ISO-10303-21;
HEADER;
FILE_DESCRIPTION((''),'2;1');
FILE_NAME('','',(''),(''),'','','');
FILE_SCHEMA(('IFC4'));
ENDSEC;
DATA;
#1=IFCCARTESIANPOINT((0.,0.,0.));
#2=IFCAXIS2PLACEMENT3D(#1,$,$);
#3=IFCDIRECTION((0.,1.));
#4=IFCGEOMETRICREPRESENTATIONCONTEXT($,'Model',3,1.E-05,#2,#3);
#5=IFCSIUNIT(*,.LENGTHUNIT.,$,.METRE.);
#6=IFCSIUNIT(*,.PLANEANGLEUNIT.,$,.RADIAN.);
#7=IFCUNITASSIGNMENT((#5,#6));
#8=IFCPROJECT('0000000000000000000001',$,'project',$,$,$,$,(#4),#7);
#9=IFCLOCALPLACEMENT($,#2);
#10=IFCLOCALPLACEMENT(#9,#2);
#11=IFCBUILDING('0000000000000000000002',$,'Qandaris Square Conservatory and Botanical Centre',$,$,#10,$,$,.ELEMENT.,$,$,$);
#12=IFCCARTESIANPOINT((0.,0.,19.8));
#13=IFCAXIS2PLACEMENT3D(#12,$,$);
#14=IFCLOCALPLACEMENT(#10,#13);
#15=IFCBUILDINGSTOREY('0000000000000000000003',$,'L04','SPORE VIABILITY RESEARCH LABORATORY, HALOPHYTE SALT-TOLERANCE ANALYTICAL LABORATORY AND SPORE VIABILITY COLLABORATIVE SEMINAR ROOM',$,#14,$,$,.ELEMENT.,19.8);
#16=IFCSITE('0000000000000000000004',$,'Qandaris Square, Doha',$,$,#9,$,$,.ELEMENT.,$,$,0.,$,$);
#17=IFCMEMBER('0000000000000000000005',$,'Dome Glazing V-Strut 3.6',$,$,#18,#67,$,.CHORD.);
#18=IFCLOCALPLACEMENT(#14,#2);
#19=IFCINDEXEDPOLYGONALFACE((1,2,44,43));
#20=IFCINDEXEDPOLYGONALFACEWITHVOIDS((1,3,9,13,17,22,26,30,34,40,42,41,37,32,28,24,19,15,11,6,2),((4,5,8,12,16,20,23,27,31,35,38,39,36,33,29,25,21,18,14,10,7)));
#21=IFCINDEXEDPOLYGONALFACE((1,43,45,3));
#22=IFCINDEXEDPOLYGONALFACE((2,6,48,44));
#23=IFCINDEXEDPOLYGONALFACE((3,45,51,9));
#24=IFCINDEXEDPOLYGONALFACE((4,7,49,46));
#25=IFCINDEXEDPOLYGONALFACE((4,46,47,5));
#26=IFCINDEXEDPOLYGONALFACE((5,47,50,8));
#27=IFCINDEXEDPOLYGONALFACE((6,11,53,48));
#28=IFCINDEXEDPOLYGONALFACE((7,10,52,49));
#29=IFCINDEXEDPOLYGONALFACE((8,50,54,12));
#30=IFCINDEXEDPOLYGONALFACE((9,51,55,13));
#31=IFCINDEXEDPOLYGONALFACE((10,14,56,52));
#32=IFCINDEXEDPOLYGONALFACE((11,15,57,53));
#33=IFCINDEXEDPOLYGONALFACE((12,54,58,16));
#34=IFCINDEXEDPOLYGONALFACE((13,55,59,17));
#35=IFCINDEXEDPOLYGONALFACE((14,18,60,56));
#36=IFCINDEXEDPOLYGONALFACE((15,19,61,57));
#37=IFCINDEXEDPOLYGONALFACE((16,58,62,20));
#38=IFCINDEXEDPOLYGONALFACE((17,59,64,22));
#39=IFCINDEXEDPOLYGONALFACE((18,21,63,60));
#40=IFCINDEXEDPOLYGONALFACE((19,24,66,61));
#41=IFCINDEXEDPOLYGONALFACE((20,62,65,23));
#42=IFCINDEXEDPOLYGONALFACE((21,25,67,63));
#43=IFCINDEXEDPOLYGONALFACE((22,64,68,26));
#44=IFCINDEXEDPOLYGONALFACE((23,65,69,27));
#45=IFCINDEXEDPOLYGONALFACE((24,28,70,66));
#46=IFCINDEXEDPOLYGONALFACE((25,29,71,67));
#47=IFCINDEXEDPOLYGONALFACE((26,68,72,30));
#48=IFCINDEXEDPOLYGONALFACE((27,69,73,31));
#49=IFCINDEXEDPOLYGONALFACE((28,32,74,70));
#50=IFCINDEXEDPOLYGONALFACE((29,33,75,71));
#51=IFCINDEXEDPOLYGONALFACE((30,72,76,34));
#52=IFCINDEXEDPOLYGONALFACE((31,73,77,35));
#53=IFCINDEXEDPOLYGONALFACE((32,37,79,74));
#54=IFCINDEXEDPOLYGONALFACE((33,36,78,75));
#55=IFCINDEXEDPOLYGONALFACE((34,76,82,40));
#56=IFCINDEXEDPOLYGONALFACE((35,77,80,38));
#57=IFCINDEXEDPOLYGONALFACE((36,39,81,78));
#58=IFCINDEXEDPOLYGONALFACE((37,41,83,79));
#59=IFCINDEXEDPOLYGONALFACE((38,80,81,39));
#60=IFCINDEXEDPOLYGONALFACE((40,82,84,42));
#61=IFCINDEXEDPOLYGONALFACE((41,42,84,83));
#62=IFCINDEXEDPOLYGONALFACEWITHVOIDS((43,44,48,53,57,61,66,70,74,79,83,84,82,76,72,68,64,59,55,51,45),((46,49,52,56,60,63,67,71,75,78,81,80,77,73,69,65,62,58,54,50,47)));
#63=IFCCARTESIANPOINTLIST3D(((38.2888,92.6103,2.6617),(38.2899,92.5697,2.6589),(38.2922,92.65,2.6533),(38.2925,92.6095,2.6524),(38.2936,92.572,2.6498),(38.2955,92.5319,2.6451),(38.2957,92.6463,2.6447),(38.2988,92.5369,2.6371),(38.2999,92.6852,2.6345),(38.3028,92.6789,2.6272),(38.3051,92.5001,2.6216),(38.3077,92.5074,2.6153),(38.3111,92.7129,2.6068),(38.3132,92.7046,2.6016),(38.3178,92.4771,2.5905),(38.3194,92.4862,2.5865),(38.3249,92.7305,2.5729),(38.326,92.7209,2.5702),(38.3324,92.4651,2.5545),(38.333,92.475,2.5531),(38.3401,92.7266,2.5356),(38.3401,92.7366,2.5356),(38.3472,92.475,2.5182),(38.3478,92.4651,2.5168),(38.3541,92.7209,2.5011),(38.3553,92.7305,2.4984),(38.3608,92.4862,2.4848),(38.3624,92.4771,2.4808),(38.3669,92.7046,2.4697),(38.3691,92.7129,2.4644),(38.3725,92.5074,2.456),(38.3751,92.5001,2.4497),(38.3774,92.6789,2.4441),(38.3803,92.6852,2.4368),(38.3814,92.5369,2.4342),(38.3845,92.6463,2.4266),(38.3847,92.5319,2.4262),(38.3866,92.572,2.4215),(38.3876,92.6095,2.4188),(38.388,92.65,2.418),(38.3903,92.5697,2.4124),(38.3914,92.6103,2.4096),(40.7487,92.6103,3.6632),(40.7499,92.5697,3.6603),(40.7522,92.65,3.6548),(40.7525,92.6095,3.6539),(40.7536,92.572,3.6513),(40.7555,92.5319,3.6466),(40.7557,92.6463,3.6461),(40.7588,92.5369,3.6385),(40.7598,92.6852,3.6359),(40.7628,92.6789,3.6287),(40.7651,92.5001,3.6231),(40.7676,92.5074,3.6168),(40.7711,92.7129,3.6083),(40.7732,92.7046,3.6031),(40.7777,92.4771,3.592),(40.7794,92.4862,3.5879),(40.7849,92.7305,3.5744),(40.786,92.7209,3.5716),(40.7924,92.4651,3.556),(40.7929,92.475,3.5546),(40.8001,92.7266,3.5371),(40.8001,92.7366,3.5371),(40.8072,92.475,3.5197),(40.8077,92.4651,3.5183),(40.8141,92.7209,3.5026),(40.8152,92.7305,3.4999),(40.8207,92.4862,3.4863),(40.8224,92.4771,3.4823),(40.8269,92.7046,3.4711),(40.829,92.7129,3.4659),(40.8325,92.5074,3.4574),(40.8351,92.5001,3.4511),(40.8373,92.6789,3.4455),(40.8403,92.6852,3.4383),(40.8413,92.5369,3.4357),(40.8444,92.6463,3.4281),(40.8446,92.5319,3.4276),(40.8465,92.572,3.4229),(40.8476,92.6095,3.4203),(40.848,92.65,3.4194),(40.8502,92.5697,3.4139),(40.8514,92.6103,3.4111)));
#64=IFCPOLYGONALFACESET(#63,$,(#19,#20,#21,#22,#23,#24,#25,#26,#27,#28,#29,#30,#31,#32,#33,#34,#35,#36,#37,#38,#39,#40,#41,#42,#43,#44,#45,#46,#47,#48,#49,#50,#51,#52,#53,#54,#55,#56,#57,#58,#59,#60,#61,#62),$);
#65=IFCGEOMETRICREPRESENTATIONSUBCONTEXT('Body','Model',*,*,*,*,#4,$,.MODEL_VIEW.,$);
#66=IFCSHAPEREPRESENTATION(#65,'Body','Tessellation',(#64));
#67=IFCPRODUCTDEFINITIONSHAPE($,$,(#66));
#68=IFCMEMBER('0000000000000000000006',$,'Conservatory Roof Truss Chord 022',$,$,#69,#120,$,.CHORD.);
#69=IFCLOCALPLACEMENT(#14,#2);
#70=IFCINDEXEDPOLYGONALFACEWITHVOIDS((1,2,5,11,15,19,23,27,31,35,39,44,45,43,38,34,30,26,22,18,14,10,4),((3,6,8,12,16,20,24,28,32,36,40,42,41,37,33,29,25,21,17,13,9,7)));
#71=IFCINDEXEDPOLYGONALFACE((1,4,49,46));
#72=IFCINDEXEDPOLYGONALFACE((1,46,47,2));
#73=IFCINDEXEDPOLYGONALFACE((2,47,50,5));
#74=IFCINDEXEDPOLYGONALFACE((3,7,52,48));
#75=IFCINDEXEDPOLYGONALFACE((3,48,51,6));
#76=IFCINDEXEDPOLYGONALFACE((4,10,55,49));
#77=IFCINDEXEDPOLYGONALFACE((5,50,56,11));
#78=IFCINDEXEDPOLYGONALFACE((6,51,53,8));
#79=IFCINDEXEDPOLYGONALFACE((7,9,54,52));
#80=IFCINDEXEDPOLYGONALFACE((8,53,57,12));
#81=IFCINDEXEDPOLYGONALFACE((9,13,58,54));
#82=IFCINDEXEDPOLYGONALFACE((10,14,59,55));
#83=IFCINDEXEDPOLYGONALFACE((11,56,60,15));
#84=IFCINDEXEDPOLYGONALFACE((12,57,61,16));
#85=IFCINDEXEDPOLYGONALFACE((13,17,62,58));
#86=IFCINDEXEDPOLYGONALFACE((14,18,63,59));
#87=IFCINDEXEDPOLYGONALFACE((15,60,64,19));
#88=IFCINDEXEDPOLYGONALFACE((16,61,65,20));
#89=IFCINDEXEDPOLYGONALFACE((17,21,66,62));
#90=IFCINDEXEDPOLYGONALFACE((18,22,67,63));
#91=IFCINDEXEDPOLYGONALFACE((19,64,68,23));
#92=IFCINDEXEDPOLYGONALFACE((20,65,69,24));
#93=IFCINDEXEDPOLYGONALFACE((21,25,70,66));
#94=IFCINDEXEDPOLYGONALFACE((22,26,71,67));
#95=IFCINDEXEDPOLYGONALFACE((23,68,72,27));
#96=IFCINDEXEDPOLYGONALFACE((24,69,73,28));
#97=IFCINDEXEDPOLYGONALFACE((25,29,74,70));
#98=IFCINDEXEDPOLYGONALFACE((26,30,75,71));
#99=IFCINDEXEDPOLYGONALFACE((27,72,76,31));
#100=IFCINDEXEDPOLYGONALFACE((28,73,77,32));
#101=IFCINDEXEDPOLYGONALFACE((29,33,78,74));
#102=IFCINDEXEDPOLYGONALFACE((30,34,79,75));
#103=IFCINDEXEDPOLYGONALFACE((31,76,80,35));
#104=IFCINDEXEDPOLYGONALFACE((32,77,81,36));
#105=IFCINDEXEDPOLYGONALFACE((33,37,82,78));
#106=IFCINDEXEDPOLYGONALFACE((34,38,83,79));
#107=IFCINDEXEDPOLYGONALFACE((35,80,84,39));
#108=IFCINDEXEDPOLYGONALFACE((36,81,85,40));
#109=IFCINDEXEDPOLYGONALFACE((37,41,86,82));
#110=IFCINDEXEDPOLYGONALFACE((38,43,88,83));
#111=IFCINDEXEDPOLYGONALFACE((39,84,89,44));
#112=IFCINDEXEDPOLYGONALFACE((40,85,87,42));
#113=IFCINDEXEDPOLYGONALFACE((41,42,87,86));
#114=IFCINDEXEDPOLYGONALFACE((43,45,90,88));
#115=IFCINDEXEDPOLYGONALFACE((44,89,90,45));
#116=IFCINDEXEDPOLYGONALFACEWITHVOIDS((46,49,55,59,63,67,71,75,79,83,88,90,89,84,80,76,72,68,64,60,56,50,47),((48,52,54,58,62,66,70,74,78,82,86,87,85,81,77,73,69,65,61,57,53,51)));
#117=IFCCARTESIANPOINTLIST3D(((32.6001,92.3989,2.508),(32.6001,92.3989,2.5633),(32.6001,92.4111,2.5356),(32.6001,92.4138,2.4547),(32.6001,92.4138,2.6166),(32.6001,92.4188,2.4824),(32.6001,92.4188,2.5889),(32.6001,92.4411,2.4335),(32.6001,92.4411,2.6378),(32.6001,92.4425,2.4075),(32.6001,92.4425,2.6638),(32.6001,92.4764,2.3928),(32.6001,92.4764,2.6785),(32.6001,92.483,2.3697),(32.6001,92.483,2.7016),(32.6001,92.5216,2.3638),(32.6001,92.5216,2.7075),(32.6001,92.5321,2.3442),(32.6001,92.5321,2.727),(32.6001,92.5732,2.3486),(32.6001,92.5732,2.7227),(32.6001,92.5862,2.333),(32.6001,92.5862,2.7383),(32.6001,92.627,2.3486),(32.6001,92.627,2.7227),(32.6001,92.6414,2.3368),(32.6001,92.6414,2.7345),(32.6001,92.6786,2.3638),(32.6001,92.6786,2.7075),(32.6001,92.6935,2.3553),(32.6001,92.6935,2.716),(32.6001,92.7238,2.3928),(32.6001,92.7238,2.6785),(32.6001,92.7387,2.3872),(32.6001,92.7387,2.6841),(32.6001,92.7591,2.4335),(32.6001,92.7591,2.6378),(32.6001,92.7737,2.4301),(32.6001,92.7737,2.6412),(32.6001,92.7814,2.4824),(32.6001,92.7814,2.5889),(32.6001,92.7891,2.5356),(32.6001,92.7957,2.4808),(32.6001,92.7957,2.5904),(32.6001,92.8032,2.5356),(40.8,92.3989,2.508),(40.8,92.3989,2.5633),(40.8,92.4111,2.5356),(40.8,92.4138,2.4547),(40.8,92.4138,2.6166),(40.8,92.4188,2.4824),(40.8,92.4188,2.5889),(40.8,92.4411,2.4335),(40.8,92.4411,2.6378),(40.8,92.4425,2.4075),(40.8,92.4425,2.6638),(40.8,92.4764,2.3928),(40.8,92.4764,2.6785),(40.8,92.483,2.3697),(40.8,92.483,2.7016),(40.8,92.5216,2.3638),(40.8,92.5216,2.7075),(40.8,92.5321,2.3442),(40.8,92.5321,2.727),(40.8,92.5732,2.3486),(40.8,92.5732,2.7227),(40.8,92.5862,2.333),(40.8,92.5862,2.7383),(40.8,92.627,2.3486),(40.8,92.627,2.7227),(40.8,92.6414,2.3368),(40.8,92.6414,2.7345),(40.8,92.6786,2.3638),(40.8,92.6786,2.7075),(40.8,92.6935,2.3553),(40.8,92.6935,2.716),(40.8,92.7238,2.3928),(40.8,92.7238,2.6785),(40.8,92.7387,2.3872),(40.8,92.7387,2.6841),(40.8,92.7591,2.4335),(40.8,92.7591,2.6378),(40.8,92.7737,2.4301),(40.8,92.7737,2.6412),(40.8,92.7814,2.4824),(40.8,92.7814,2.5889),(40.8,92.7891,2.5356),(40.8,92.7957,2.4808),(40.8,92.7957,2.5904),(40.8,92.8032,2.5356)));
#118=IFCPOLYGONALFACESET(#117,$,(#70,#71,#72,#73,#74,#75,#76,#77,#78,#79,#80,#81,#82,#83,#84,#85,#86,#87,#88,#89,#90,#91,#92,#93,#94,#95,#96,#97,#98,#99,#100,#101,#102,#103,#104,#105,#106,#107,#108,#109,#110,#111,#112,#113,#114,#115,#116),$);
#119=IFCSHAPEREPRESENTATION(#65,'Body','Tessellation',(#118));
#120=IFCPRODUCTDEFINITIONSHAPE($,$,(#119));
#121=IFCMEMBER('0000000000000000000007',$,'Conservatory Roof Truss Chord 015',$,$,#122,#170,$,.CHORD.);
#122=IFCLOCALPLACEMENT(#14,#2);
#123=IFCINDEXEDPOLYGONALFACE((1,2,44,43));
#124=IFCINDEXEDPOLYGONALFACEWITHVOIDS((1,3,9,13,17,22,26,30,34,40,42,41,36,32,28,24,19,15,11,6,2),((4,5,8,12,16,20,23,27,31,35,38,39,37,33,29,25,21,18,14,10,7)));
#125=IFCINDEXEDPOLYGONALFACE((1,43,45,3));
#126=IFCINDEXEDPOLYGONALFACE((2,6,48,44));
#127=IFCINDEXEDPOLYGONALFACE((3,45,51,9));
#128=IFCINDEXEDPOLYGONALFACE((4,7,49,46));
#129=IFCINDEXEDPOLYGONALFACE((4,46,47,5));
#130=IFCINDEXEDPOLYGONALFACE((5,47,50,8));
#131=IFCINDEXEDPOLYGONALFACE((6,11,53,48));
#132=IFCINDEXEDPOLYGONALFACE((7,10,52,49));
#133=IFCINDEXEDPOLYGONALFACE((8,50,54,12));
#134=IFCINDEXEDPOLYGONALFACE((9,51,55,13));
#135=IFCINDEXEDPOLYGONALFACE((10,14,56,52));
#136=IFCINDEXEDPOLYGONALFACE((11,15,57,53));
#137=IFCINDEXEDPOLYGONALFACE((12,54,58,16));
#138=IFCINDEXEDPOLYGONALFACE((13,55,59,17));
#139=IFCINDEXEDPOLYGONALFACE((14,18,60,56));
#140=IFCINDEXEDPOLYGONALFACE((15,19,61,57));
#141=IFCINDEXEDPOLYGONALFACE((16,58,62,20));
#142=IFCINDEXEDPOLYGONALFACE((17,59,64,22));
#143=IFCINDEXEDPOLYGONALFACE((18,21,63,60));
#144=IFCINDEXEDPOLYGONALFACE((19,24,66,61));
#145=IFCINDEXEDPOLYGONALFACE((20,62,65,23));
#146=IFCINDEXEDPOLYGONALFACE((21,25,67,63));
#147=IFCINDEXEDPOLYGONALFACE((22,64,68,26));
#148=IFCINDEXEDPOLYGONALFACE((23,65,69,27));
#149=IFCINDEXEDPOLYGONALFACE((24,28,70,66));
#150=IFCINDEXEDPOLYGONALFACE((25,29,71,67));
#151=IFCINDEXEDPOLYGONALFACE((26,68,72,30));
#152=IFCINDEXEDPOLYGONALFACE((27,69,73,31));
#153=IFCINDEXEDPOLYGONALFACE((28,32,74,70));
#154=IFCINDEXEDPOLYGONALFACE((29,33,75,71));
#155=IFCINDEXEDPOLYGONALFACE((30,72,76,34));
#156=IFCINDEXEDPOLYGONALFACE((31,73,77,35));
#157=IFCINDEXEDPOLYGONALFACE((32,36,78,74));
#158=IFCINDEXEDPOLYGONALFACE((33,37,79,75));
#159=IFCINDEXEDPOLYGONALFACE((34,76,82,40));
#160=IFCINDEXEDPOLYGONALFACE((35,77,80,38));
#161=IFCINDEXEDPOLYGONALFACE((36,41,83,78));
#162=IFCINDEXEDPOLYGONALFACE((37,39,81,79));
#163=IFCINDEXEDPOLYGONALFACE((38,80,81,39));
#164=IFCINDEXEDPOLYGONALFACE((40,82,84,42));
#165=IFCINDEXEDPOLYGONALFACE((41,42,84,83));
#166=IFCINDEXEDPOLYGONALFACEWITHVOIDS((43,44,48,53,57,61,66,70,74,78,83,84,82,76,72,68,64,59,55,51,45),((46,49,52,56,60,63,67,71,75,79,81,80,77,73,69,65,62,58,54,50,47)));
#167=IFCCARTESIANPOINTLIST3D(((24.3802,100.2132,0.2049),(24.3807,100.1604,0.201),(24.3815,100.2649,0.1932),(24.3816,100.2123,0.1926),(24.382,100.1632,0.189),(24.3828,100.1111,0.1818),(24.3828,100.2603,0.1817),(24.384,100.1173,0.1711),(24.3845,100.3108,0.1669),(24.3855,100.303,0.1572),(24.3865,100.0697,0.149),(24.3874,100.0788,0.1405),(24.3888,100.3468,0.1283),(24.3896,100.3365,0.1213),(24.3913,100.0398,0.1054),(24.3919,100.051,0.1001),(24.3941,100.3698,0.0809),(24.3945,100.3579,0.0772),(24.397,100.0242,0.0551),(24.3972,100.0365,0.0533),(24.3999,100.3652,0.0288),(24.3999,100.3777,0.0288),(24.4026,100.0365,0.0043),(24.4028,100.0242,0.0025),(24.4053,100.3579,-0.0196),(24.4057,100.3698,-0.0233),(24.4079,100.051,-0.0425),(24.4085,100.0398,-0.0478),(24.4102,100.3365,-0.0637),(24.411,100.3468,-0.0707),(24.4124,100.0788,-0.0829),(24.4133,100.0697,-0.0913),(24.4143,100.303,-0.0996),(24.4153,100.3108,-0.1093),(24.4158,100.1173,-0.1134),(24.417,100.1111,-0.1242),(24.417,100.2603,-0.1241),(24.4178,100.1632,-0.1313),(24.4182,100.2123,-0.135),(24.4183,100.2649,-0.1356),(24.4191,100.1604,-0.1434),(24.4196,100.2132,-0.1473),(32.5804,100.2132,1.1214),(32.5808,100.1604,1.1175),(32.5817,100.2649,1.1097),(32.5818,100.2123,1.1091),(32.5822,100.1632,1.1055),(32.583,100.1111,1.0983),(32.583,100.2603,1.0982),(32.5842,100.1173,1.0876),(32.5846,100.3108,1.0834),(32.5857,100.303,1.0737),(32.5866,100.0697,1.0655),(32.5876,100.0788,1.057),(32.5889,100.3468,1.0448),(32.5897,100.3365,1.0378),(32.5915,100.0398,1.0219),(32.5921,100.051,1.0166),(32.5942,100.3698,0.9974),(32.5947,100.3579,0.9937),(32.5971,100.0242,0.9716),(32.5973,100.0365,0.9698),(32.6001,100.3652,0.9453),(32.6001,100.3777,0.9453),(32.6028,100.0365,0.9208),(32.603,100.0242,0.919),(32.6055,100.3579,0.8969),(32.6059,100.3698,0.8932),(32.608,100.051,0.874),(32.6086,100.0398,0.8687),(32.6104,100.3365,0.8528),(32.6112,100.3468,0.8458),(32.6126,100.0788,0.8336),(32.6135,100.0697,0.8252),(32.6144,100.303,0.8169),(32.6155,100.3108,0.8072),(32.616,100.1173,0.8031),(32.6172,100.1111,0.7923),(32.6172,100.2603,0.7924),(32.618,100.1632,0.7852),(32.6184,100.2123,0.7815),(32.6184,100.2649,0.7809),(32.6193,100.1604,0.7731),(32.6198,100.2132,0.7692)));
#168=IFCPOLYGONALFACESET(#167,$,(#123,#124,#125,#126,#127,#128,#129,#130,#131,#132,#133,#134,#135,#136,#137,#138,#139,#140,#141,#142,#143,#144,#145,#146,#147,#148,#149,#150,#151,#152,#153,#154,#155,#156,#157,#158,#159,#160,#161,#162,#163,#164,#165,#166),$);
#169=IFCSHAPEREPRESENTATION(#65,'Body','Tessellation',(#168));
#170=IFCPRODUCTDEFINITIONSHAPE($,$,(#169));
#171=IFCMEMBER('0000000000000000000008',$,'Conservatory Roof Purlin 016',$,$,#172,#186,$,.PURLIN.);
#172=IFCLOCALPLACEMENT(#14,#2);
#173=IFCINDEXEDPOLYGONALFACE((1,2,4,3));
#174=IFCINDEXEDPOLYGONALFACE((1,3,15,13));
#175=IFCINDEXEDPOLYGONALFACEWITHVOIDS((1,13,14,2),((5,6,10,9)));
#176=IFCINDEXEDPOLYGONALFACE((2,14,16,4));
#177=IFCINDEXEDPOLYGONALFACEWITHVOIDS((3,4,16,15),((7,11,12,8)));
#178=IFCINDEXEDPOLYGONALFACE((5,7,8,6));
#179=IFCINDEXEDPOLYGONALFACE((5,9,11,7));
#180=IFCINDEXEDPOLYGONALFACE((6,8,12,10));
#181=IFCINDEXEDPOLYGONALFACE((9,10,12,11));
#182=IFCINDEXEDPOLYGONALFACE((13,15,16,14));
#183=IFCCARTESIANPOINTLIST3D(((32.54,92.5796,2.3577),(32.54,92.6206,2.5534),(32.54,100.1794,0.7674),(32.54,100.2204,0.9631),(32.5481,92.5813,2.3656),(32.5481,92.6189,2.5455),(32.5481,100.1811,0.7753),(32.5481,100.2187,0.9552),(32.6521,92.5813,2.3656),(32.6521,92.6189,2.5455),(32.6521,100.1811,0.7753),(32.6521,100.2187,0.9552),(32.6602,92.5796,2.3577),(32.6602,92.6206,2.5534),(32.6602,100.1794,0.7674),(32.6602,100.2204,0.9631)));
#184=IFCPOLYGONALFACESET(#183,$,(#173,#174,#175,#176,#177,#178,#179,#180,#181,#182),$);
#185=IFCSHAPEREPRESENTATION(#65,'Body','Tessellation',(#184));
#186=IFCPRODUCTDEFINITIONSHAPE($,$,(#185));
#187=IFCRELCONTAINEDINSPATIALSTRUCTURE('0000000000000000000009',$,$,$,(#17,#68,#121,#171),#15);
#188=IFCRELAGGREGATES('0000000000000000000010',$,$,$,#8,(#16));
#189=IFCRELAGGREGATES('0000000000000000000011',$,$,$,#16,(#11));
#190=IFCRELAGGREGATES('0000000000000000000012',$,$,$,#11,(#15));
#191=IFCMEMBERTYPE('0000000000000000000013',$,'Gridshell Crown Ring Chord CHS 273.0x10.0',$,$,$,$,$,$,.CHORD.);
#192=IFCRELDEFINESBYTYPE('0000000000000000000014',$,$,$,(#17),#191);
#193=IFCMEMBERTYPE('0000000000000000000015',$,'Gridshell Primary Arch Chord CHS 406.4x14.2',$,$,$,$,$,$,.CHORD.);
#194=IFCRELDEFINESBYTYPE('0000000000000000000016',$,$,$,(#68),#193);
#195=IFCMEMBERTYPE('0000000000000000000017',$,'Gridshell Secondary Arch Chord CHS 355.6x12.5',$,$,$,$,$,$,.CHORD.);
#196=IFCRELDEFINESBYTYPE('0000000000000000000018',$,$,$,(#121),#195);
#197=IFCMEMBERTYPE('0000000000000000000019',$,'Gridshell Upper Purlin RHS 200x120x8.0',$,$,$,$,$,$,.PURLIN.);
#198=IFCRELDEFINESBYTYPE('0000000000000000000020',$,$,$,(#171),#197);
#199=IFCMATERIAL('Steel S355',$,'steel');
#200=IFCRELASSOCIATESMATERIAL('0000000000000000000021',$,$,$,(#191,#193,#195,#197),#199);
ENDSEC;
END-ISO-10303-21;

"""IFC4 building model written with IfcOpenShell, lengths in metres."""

from ifc_helpers import new_model, si_unit, direction, frame, origin, origin_2d, place, context, subcontext, project, spatial, hollow_rectangle, hollow_circle, extrude, material, material_profile, profile_set, type_object, element, save


model = new_model("IFC4")

# Units and contexts
model_context = context("Model", 3, precision=1e-05, world=origin(), true_north=direction((0.0, 1.0)))
body_context = subcontext(model_context, "Body", "Model", "MODEL_VIEW")
ifc_project = project(units=[si_unit("LENGTHUNIT", "METRE"), si_unit("PLANEANGLEUNIT", "RADIAN")], contexts=[model_context])

# Site, building, storey
site_placement = place(None, origin())
site = spatial("IfcSite", under=ifc_project, at=site_placement, Name="Qandaris Square, Doha", CompositionType="ELEMENT", RefElevation=0.0)
building_placement = place(site_placement, origin())
building = spatial("IfcBuilding", under=site, at=building_placement, Name="Qandaris Square Conservatory and Botanical Centre", CompositionType="ELEMENT")
storey_placement = place(building_placement, frame((0.0, 0.0, 19.8)))
storey = spatial("IfcBuildingStorey", under=building, at=storey_placement, Name="L04", Description="SPORE VIABILITY RESEARCH LABORATORY, HALOPHYTE SALT-TOLERANCE ANALYTICAL LABORATORY AND SPORE VIABILITY COLLABORATIVE SEMINAR ROOM", CompositionType="ELEMENT", Elevation=19.8)

# Members
ifc_material = material(Name="Steel S355", Category="steel")
ifc_material_profile_1 = material_profile(ifc_material, hollow_circle(Radius=0.1365, WallThickness=0.01, at=origin_2d()), Name="CHS 273.0x10.0")
ifc_profile_set_1 = profile_set([ifc_material_profile_1], Name="Steel S355")
member_type_1 = type_object("IfcMemberType", Name="Gridshell Crown Ring Chord CHS 273.0x10.0", PredefinedType="CHORD", material=ifc_profile_set_1)
for number, where, z_axis, x_axis, name in (
    (1, (38.3401, 92.6001, 2.5356), (0.92619, 0.0, 0.377057), (0.0, 1.0, 0.0), "Dome Glazing V-Strut 3.6"),
):
    element("IfcMember", number, at=place(storey_placement, frame(where, z_axis=z_axis, x_axis=x_axis)), inside=storey, type_object=member_type_1, Name=name, PredefinedType="CHORD", context=body_context, shape_type="SweptSolid", body=[
        extrude(hollow_circle(Radius=0.1365, WallThickness=0.01, at=origin_2d()), origin(), (0.0, 0.0, 1.0), 2.656),
    ])
ifc_material_profile_2 = material_profile(ifc_material, hollow_circle(Radius=0.2031, WallThickness=0.0142, at=origin_2d()), Name="CHS 406.4x14.2")
ifc_profile_set_2 = profile_set([ifc_material_profile_2], Name="Steel S355")
member_type_2 = type_object("IfcMemberType", Name="Gridshell Primary Arch Chord CHS 406.4x14.2", PredefinedType="CHORD", material=ifc_profile_set_2)
member_1_placement = place(storey_placement, frame((32.6001, 92.6001, 2.5356), z_axis=(1.0, 0.0, 0.0), x_axis=(0.0, 1.0, 0.0)))
element("IfcMember", 2, at=member_1_placement, inside=storey, type_object=member_type_2, Name="Conservatory Roof Truss Chord 022", PredefinedType="CHORD", context=body_context, shape_type="SweptSolid", body=[
    extrude(hollow_circle(Radius=0.2031, WallThickness=0.0142, at=origin_2d()), origin(), (0.0, 0.0, 1.0), 8.2),
])
ifc_material_profile_3 = material_profile(ifc_material, hollow_circle(Radius=0.1777, WallThickness=0.0125, at=origin_2d()), Name="CHS 355.6x12.5")
ifc_profile_set_3 = profile_set([ifc_material_profile_3], Name="Steel S355")
member_type_3 = type_object("IfcMemberType", Name="Gridshell Secondary Arch Chord CHS 355.6x12.5", PredefinedType="CHORD", material=ifc_profile_set_3)
member_2_placement = place(storey_placement, frame((24.3999, 100.2, 0.0288), z_axis=(0.993812, 0.0, 0.111075), x_axis=(0.0, 1.0, 0.0)))
element("IfcMember", 3, at=member_2_placement, inside=storey, type_object=member_type_3, Name="Conservatory Roof Truss Chord 015", PredefinedType="CHORD", context=body_context, shape_type="SweptSolid", body=[
    extrude(hollow_circle(Radius=0.1777, WallThickness=0.0125, at=origin_2d()), origin(), (0.0, 0.0, 1.0), 8.2512),
])
ifc_material_profile_4 = material_profile(ifc_material, hollow_rectangle(XDim=0.1201, YDim=0.2, WallThickness=0.0081, at=origin_2d()), Name="RHS 200x120x8.0")
ifc_profile_set_4 = profile_set([ifc_material_profile_4], Name="Steel S355")
member_type_4 = type_object("IfcMemberType", Name="Gridshell Upper Purlin RHS 200x120x8.0", PredefinedType="PURLIN", material=ifc_profile_set_4)
member_3_placement = place(storey_placement, frame((32.6001, 92.6001, 2.4556), z_axis=(0.0, 0.978799, -0.204822), x_axis=(-1.0, 0.0, 0.0)))
element("IfcMember", 4, at=member_3_placement, inside=storey, type_object=member_type_4, Name="Conservatory Roof Purlin 016", PredefinedType="PURLIN", context=body_context, shape_type="SweptSolid", body=[
    extrude(hollow_rectangle(XDim=0.1201, YDim=0.2, WallThickness=0.0081, at=origin_2d()), origin(), (0.0, 0.0, 1.0), 7.7644),
])

save(model, "model.ifc")
